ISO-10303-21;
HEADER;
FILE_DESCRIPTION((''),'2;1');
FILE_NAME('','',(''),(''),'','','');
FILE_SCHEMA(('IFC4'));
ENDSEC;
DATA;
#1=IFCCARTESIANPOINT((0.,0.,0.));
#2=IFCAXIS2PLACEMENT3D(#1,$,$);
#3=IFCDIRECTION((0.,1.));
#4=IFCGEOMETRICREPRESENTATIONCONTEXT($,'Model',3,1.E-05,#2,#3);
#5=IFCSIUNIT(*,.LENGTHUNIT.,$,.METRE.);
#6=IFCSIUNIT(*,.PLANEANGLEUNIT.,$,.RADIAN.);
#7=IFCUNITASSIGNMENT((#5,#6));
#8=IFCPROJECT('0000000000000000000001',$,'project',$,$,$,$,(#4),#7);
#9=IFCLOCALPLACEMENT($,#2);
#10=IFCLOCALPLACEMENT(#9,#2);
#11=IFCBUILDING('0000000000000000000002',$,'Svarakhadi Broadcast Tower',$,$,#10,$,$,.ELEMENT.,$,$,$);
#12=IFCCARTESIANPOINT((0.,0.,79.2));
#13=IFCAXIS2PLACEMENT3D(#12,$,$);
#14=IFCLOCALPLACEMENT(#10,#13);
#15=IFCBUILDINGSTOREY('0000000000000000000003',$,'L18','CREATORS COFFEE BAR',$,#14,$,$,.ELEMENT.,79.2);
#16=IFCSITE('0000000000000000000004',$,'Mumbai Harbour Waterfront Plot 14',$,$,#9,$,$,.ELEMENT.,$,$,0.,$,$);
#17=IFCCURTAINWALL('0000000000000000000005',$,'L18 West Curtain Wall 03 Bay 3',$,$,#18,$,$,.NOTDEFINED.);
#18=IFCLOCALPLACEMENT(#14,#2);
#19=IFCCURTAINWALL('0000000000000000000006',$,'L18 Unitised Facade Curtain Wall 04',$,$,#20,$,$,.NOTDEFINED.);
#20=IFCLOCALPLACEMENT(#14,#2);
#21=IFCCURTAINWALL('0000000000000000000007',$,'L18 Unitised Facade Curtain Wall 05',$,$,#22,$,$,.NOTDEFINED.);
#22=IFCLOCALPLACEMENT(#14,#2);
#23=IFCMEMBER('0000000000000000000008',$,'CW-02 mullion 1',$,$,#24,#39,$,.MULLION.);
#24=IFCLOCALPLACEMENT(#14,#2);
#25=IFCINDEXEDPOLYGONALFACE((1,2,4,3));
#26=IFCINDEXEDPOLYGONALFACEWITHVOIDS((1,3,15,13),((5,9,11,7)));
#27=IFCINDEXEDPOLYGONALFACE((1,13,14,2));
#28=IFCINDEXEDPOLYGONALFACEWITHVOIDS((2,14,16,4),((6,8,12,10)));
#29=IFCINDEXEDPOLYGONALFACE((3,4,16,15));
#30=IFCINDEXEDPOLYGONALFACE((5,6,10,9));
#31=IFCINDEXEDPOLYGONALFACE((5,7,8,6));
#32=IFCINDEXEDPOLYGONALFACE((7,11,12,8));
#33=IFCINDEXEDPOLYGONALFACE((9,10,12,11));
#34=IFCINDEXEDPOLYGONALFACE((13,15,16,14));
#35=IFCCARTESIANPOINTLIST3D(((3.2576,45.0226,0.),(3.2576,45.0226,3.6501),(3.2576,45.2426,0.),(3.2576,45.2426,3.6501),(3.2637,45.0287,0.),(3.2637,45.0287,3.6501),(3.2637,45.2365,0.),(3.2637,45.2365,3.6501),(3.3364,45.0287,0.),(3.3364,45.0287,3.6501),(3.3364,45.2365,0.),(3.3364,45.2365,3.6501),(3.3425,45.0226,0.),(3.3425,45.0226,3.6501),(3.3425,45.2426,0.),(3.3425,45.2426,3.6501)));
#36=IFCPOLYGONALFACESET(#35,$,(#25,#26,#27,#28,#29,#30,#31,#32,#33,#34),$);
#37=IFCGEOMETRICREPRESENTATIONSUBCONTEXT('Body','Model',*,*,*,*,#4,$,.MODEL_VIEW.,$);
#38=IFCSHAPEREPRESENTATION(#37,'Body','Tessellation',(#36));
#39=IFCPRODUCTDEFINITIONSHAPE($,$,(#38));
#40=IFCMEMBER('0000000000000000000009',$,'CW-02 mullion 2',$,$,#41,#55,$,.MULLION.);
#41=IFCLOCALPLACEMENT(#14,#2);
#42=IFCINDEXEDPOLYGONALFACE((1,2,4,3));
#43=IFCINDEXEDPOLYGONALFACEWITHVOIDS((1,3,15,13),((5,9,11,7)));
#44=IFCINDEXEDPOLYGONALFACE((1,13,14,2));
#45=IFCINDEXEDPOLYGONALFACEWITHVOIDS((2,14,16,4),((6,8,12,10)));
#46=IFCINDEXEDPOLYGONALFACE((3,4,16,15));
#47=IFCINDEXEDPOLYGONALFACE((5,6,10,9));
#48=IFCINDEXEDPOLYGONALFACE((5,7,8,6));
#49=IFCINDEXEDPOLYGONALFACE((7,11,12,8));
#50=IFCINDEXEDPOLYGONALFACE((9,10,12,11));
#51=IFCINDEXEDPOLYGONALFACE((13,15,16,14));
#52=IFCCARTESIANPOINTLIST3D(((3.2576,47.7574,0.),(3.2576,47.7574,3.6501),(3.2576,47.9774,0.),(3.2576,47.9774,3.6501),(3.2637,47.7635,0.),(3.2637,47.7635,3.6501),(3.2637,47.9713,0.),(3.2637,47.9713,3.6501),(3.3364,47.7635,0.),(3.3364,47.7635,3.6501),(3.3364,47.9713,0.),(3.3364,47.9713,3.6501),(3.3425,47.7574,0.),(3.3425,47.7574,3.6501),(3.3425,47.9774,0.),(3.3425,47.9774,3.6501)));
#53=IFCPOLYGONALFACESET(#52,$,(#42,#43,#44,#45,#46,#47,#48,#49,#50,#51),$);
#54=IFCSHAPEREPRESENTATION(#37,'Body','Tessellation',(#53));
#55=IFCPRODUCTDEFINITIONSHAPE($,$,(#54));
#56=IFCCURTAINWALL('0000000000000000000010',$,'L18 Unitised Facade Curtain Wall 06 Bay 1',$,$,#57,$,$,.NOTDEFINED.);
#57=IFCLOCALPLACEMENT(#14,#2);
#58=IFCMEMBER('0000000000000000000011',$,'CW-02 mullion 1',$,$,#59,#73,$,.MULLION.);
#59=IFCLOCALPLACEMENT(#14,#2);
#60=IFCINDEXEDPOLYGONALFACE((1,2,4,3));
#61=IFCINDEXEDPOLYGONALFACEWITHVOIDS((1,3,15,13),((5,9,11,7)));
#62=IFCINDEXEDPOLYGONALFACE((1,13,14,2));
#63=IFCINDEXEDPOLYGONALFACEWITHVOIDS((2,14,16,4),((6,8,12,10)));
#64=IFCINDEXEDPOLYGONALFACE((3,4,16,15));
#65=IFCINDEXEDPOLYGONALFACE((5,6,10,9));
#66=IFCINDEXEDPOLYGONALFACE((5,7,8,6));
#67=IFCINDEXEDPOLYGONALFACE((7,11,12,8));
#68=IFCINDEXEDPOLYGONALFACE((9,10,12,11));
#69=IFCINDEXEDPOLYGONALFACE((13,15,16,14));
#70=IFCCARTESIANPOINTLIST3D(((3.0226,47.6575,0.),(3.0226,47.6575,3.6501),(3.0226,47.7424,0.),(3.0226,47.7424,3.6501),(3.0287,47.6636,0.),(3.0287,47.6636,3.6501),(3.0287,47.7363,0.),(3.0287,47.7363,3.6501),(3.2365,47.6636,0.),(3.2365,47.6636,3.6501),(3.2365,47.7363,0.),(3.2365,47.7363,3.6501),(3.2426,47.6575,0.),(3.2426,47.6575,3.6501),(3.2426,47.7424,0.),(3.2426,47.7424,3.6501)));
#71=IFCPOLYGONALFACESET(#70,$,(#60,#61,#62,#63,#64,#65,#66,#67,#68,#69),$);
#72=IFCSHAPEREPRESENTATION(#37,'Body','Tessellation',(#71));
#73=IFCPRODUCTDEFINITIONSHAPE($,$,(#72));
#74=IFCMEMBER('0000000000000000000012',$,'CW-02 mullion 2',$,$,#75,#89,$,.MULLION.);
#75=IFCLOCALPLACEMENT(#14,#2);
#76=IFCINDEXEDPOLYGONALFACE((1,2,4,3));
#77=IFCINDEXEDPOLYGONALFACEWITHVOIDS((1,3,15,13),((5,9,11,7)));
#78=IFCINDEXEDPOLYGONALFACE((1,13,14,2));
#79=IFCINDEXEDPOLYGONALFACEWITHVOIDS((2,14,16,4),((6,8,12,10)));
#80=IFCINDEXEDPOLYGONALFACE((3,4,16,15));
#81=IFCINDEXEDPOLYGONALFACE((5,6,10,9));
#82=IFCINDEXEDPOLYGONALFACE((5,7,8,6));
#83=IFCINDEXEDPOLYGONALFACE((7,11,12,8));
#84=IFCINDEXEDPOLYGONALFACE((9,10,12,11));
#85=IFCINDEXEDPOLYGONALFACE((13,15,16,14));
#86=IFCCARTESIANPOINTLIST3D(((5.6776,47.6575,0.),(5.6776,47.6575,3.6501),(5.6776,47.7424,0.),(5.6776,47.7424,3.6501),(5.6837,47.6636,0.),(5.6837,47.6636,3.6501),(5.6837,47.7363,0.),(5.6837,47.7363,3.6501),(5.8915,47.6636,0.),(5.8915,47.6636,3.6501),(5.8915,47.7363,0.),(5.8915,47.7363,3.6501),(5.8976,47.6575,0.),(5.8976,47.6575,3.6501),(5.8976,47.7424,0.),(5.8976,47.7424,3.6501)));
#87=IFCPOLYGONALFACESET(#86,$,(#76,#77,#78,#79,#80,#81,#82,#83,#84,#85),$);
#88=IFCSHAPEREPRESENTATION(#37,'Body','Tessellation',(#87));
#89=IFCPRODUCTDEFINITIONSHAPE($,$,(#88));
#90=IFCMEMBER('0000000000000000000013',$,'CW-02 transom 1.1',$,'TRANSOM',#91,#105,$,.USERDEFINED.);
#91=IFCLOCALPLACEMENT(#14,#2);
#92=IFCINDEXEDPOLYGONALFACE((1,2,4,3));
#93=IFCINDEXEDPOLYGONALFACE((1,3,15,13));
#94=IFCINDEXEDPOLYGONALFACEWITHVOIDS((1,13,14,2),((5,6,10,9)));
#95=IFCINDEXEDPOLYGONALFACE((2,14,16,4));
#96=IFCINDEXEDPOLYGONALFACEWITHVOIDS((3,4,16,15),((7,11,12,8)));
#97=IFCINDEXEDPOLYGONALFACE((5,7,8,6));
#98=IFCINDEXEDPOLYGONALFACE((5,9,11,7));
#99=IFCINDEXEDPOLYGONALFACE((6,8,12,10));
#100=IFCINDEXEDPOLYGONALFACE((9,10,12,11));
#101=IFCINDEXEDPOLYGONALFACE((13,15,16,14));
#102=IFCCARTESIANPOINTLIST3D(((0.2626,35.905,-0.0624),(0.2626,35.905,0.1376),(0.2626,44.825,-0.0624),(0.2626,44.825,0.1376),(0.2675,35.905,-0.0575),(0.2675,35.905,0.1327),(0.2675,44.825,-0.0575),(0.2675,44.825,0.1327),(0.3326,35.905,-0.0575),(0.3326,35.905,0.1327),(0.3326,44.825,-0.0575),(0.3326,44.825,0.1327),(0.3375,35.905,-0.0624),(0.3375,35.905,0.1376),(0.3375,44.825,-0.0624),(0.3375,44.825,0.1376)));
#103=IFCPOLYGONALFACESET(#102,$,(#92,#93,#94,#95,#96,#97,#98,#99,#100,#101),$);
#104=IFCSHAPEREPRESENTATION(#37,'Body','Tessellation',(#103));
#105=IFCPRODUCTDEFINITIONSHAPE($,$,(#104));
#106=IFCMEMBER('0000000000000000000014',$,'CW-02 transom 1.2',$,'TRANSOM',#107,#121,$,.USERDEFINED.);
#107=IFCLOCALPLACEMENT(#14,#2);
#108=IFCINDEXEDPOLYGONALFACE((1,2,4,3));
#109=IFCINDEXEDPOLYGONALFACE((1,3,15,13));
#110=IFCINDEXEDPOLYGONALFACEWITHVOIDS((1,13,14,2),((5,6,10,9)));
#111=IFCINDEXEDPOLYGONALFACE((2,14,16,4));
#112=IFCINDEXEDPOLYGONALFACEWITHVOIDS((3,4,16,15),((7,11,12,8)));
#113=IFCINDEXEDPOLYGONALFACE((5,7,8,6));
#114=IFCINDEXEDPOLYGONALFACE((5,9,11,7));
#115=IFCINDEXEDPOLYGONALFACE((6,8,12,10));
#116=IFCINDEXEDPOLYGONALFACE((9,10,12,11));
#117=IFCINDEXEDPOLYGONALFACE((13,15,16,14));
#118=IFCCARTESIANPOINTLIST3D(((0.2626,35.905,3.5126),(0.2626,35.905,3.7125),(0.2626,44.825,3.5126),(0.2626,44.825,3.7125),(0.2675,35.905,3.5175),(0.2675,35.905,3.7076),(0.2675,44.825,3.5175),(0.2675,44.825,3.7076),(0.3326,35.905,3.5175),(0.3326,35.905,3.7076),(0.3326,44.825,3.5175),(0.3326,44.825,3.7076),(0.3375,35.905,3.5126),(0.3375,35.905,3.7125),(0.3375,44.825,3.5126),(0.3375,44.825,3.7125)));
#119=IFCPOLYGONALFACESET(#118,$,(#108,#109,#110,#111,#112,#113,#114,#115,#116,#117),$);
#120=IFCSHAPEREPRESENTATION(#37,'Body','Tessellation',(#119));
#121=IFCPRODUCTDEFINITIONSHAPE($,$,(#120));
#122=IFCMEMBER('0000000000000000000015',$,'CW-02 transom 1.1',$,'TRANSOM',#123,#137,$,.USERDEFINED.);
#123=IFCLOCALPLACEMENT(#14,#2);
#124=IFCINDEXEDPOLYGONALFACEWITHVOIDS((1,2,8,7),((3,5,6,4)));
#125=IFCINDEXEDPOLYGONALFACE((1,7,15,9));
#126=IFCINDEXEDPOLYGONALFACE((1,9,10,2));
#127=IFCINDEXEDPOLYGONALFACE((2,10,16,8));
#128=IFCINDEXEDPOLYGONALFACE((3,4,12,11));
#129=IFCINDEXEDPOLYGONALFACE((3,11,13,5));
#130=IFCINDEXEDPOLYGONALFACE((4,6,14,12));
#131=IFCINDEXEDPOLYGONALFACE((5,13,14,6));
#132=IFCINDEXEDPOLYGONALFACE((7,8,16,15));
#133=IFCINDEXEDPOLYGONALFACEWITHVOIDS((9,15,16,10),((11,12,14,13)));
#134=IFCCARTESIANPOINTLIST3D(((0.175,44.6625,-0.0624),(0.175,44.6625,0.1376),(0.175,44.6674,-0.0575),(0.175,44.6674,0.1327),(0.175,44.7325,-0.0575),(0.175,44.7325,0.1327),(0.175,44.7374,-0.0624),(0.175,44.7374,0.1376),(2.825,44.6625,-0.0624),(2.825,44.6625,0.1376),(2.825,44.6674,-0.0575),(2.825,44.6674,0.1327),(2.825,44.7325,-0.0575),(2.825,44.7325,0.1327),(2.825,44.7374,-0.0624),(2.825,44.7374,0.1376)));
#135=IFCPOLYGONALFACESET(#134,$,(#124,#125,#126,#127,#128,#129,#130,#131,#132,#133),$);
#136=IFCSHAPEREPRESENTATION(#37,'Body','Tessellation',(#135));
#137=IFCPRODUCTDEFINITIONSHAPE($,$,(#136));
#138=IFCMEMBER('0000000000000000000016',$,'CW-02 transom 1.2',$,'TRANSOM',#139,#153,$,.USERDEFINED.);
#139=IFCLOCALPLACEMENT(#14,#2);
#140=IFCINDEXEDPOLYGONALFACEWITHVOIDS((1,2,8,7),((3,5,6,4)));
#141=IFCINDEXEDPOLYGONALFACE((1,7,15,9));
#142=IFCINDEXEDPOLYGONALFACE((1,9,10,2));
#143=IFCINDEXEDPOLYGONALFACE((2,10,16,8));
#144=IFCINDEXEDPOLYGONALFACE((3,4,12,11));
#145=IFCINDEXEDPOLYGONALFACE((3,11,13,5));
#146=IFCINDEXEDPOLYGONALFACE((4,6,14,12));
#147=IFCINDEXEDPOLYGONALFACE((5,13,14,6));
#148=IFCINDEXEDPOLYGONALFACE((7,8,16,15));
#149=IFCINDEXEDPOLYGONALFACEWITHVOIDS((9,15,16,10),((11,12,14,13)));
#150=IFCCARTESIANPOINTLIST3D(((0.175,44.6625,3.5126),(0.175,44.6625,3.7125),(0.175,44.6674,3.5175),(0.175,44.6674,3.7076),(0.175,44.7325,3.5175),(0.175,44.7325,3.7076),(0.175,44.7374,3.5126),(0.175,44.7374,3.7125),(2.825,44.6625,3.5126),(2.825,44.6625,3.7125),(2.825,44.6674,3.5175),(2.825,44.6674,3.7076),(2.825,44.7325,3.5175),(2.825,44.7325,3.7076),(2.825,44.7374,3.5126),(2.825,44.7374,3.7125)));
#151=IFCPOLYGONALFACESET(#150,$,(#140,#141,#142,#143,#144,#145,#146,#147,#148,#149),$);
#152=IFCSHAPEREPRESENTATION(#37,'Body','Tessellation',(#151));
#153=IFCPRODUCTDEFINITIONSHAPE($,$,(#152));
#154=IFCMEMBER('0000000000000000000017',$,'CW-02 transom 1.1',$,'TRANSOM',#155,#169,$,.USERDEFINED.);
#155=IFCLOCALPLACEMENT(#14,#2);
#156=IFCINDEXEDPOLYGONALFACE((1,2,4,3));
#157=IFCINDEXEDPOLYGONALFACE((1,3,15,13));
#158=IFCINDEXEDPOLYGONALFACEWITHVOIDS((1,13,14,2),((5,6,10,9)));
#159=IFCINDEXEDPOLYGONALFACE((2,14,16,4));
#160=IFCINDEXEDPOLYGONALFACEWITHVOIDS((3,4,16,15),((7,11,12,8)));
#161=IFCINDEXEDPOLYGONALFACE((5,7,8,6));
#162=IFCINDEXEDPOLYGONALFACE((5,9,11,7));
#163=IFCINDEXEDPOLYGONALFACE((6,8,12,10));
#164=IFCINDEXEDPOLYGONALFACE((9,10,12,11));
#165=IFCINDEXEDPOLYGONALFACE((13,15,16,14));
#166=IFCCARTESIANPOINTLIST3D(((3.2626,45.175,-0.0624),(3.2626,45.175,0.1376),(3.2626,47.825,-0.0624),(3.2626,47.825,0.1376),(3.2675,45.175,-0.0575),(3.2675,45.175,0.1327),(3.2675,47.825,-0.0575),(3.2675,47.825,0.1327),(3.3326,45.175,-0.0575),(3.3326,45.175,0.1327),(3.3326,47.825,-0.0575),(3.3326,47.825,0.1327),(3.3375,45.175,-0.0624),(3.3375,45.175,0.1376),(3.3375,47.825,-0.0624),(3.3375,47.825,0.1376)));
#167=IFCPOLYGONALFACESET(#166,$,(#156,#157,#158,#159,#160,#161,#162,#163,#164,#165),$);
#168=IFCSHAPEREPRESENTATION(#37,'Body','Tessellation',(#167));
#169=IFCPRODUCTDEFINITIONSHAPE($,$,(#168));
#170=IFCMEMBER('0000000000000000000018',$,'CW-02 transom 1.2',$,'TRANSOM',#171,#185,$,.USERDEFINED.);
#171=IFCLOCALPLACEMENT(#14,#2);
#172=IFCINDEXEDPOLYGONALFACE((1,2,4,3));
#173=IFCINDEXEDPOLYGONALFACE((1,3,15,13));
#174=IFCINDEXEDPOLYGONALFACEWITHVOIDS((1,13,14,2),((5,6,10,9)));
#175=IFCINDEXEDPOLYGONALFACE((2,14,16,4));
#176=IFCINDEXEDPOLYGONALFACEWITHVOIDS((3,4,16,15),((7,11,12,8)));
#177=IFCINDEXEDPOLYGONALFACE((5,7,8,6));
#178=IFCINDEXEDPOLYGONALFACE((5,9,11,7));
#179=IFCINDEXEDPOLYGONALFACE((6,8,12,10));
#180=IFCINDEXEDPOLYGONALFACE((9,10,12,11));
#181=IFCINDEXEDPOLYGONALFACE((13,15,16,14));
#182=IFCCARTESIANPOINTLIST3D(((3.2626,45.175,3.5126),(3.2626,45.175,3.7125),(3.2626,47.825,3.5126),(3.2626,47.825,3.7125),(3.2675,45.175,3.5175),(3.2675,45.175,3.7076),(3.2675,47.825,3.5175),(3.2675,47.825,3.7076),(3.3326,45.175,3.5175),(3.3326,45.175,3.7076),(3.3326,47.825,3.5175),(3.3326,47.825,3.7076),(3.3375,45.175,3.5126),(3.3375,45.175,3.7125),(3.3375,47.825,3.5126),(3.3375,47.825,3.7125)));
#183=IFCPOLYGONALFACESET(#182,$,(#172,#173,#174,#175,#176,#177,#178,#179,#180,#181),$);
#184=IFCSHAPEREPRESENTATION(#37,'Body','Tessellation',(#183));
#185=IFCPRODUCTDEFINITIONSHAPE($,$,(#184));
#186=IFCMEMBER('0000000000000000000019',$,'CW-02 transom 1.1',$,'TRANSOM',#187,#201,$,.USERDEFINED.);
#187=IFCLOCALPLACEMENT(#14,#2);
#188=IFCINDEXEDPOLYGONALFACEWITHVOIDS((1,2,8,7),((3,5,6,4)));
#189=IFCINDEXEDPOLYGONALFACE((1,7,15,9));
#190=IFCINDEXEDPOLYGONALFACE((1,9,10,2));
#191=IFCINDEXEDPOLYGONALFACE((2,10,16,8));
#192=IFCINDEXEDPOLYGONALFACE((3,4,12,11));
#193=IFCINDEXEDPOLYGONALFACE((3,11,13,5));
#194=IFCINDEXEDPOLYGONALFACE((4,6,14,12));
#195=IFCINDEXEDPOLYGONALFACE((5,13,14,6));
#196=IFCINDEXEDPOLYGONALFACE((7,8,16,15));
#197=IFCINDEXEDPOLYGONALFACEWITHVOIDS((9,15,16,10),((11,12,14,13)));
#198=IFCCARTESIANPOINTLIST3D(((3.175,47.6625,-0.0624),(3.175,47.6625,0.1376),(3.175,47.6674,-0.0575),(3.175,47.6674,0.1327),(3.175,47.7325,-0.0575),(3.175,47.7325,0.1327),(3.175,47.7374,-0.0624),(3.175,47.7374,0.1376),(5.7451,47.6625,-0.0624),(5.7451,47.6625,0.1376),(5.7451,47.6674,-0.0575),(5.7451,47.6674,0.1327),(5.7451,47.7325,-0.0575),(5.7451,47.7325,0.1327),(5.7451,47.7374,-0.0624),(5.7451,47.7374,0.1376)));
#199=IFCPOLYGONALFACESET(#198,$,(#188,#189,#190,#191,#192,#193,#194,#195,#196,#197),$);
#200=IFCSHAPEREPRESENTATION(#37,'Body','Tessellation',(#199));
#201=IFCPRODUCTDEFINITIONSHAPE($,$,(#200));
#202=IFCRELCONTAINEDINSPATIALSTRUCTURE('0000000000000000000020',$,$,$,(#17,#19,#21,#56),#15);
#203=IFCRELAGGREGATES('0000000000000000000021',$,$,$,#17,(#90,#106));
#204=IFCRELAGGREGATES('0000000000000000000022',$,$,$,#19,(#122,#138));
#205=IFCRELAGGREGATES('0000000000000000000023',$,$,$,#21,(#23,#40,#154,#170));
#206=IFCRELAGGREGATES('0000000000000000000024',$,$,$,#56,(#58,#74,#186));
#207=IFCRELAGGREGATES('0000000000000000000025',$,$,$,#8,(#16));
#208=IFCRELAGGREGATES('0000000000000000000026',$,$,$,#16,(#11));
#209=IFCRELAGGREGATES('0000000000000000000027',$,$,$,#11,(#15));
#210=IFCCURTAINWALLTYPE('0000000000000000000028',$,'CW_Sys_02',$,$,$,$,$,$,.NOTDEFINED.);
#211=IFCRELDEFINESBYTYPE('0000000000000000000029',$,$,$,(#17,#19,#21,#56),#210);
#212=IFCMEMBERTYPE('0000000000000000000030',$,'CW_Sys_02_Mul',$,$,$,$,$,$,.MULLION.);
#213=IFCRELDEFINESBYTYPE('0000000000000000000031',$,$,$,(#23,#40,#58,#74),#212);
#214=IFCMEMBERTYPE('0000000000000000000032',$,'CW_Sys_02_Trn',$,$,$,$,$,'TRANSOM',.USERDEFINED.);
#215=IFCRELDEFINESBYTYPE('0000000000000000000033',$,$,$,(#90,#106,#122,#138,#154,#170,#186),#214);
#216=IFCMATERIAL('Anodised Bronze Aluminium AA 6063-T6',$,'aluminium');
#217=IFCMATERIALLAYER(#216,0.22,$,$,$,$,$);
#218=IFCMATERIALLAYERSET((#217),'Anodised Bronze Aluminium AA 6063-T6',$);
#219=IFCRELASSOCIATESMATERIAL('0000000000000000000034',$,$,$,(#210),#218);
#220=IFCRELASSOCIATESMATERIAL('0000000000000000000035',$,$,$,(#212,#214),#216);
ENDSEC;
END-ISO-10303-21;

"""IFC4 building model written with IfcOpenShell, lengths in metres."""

from ifc_helpers import new_model, si_unit, direction, frame, origin, origin_2d, place, context, subcontext, project, spatial, hollow_rectangle, extrude, material, layer, layer_set, material_profile, profile_set, type_object, element, aggregate, save


model = new_model("IFC4")

# Units and contexts
model_context = context("Model", 3, precision=1e-05, world=origin(), true_north=direction((0.0, 1.0)))
body_context = subcontext(model_context, "Body", "Model", "MODEL_VIEW")
ifc_project = project(units=[si_unit("LENGTHUNIT", "METRE"), si_unit("PLANEANGLEUNIT", "RADIAN")], contexts=[model_context])

# Site, building, storey
site_placement = place(None, origin())
site = spatial("IfcSite", under=ifc_project, at=site_placement, Name="Mumbai Harbour Waterfront Plot 14", CompositionType="ELEMENT", RefElevation=0.0)
building_placement = place(site_placement, origin())
building = spatial("IfcBuilding", under=site, at=building_placement, Name="Svarakhadi Broadcast Tower", CompositionType="ELEMENT")
storey_placement = place(building_placement, frame((0.0, 0.0, 79.2)))
storey = spatial("IfcBuildingStorey", under=building, at=storey_placement, Name="L18", Description="CREATORS COFFEE BAR", CompositionType="ELEMENT", Elevation=79.2)

# Curtain walls, members
ifc_material_1 = material(Name="Anodised Bronze Aluminium AA 6063-T6", Category="aluminium")
ifc_layer_1 = layer(ifc_material_1, 0.22)
ifc_layer_set_1 = layer_set([ifc_layer_1], Name="Anodised Bronze Aluminium AA 6063-T6")
curtain_wall_type = type_object("IfcCurtainWallType", Name="CW_Sys_02", PredefinedType="NOTDEFINED", material=ifc_layer_set_1)
curtain_wall_1_placement = place(storey_placement, origin())
curtain_wall_1 = element("IfcCurtainWall", 1, at=curtain_wall_1_placement, inside=storey, type_object=curtain_wall_type, Name="L18 West Curtain Wall 03 Bay 3", PredefinedType="NOTDEFINED")
ifc_material_profile_1 = material_profile(ifc_material_1, hollow_rectangle(XDim=0.085, YDim=0.22, WallThickness=0.0061, at=origin_2d()), Name="ALU MULLION 220x85x6")
ifc_profile_set_1 = profile_set([ifc_material_profile_1], Name="Anodised Bronze Aluminium AA 6063-T6")
member_type_1 = type_object("IfcMemberType", Name="CW_Sys_02_Mul", PredefinedType="MULLION", material=ifc_profile_set_1)
curtain_wall_2_placement = place(storey_placement, origin())
curtain_wall_2 = element("IfcCurtainWall", 2, at=curtain_wall_2_placement, inside=storey, type_object=curtain_wall_type, Name="L18 Unitised Facade Curtain Wall 04", PredefinedType="NOTDEFINED")
curtain_wall_3_placement = place(storey_placement, origin())
curtain_wall_3 = element("IfcCurtainWall", 3, at=curtain_wall_3_placement, inside=storey, type_object=curtain_wall_type, Name="L18 Unitised Facade Curtain Wall 05", PredefinedType="NOTDEFINED")
member_1_placement = place(storey_placement, frame((3.3, 45.1326, 0.0), z_axis=(0.0, 0.0, 1.0), x_axis=(-1.0, 0.0, 0.0)))
member_1 = element("IfcMember", 4, at=member_1_placement, type_object=member_type_1, Name="CW-02 mullion 1", PredefinedType="MULLION", context=body_context, shape_type="SweptSolid", body=[
    extrude(hollow_rectangle(XDim=0.085, YDim=0.22, WallThickness=0.0061, at=origin_2d()), origin(), (0.0, 0.0, 1.0), 3.6501),
])
member_2_placement = place(storey_placement, frame((3.3, 47.8674, 0.0), z_axis=(0.0, 0.0, 1.0), x_axis=(-1.0, 0.0, 0.0)))
member_2 = element("IfcMember", 5, at=member_2_placement, type_object=member_type_1, Name="CW-02 mullion 2", PredefinedType="MULLION", context=body_context, shape_type="SweptSolid", body=[
    extrude(hollow_rectangle(XDim=0.085, YDim=0.22, WallThickness=0.0061, at=origin_2d()), origin(), (0.0, 0.0, 1.0), 3.6501),
])
curtain_wall_4_placement = place(storey_placement, origin())
curtain_wall_4 = element("IfcCurtainWall", 6, at=curtain_wall_4_placement, inside=storey, type_object=curtain_wall_type, Name="L18 Unitised Facade Curtain Wall 06 Bay 1", PredefinedType="NOTDEFINED")
member_3_placement = place(storey_placement, frame((3.1326, 47.7, 0.0), z_axis=(0.0, 0.0, 1.0), x_axis=(0.0, 1.0, 0.0)))
member_3 = element("IfcMember", 7, at=member_3_placement, type_object=member_type_1, Name="CW-02 mullion 1", PredefinedType="MULLION", context=body_context, shape_type="SweptSolid", body=[
    extrude(hollow_rectangle(XDim=0.085, YDim=0.22, WallThickness=0.0061, at=origin_2d()), origin(), (0.0, 0.0, 1.0), 3.6501),
])
member_4_placement = place(storey_placement, frame((5.7876, 47.7, 0.0), z_axis=(0.0, 0.0, 1.0), x_axis=(0.0, 1.0, 0.0)))
member_4 = element("IfcMember", 8, at=member_4_placement, type_object=member_type_1, Name="CW-02 mullion 2", PredefinedType="MULLION", context=body_context, shape_type="SweptSolid", body=[
    extrude(hollow_rectangle(XDim=0.085, YDim=0.22, WallThickness=0.0061, at=origin_2d()), origin(), (0.0, 0.0, 1.0), 3.6501),
])

# Members
ifc_material_profile_2 = material_profile(ifc_material_1, hollow_rectangle(XDim=0.075, YDim=0.2, WallThickness=0.0049, at=origin_2d()), Name="ALU TRANSOM 200x75x5")
ifc_profile_set_2 = profile_set([ifc_material_profile_2], Name="Anodised Bronze Aluminium AA 6063-T6")
member_type_2 = type_object("IfcMemberType", Name="CW_Sys_02_Trn", ElementType="TRANSOM", PredefinedType="USERDEFINED", material=ifc_profile_set_2)
member_5_placement = place(storey_placement, frame((0.3, 35.905, 0.0376), z_axis=(0.0, 1.0, 0.0), x_axis=(-1.0, 0.0, 0.0)))
member_5 = element("IfcMember", 9, at=member_5_placement, type_object=member_type_2, Name="CW-02 transom 1.1", ObjectType="TRANSOM", PredefinedType="USERDEFINED", context=body_context, shape_type="SweptSolid", body=[
    extrude(hollow_rectangle(XDim=0.075, YDim=0.2, WallThickness=0.0049, at=origin_2d()), origin(), (0.0, 0.0, 1.0), 8.9199),
])
member_6_placement = place(storey_placement, frame((0.3, 35.905, 3.6125), z_axis=(0.0, 1.0, 0.0), x_axis=(-1.0, 0.0, 0.0)))
member_6 = element("IfcMember", 10, at=member_6_placement, type_object=member_type_2, Name="CW-02 transom 1.2", ObjectType="TRANSOM", PredefinedType="USERDEFINED", context=body_context, shape_type="SweptSolid", body=[
    extrude(hollow_rectangle(XDim=0.075, YDim=0.2, WallThickness=0.0049, at=origin_2d()), origin(), (0.0, 0.0, 1.0), 8.9199),
])
member_7_placement = place(storey_placement, frame((0.175, 44.7, 0.0376), z_axis=(1.0, 0.0, 0.0), x_axis=(0.0, 1.0, 0.0)))
member_7 = element("IfcMember", 11, at=member_7_placement, type_object=member_type_2, Name="CW-02 transom 1.1", ObjectType="TRANSOM", PredefinedType="USERDEFINED", context=body_context, shape_type="SweptSolid", body=[
    extrude(hollow_rectangle(XDim=0.075, YDim=0.2, WallThickness=0.0049, at=origin_2d()), origin(), (0.0, 0.0, 1.0), 2.6499),
])
member_8_placement = place(storey_placement, frame((0.175, 44.7, 3.6125), z_axis=(1.0, 0.0, 0.0), x_axis=(0.0, 1.0, 0.0)))
member_8 = element("IfcMember", 12, at=member_8_placement, type_object=member_type_2, Name="CW-02 transom 1.2", ObjectType="TRANSOM", PredefinedType="USERDEFINED", context=body_context, shape_type="SweptSolid", body=[
    extrude(hollow_rectangle(XDim=0.075, YDim=0.2, WallThickness=0.0049, at=origin_2d()), origin(), (0.0, 0.0, 1.0), 2.6499),
])
member_9_placement = place(storey_placement, frame((3.3, 45.175, 0.0376), z_axis=(0.0, 1.0, 0.0), x_axis=(-1.0, 0.0, 0.0)))
member_9 = element("IfcMember", 13, at=member_9_placement, type_object=member_type_2, Name="CW-02 transom 1.1", ObjectType="TRANSOM", PredefinedType="USERDEFINED", context=body_context, shape_type="SweptSolid", body=[
    extrude(hollow_rectangle(XDim=0.075, YDim=0.2, WallThickness=0.0049, at=origin_2d()), origin(), (0.0, 0.0, 1.0), 2.6499),
])
member_10_placement = place(storey_placement, frame((3.3, 45.175, 3.6125), z_axis=(0.0, 1.0, 0.0), x_axis=(-1.0, 0.0, 0.0)))
member_10 = element("IfcMember", 14, at=member_10_placement, type_object=member_type_2, Name="CW-02 transom 1.2", ObjectType="TRANSOM", PredefinedType="USERDEFINED", context=body_context, shape_type="SweptSolid", body=[
    extrude(hollow_rectangle(XDim=0.075, YDim=0.2, WallThickness=0.0049, at=origin_2d()), origin(), (0.0, 0.0, 1.0), 2.6499),
])
member_11_placement = place(storey_placement, frame((3.175, 47.7, 0.0376), z_axis=(1.0, 0.0, 0.0), x_axis=(0.0, 1.0, 0.0)))
member_11 = element("IfcMember", 15, at=member_11_placement, type_object=member_type_2, Name="CW-02 transom 1.1", ObjectType="TRANSOM", PredefinedType="USERDEFINED", context=body_context, shape_type="SweptSolid", body=[
    extrude(hollow_rectangle(XDim=0.075, YDim=0.2, WallThickness=0.0049, at=origin_2d()), origin(), (0.0, 0.0, 1.0), 2.5701),
])

aggregate(curtain_wall_1, [member_5, member_6])
aggregate(curtain_wall_2, [member_7, member_8])
aggregate(curtain_wall_3, [member_1, member_2, member_9, member_10])
aggregate(curtain_wall_4, [member_3, member_4, member_11])

save(model, "model.ifc")
